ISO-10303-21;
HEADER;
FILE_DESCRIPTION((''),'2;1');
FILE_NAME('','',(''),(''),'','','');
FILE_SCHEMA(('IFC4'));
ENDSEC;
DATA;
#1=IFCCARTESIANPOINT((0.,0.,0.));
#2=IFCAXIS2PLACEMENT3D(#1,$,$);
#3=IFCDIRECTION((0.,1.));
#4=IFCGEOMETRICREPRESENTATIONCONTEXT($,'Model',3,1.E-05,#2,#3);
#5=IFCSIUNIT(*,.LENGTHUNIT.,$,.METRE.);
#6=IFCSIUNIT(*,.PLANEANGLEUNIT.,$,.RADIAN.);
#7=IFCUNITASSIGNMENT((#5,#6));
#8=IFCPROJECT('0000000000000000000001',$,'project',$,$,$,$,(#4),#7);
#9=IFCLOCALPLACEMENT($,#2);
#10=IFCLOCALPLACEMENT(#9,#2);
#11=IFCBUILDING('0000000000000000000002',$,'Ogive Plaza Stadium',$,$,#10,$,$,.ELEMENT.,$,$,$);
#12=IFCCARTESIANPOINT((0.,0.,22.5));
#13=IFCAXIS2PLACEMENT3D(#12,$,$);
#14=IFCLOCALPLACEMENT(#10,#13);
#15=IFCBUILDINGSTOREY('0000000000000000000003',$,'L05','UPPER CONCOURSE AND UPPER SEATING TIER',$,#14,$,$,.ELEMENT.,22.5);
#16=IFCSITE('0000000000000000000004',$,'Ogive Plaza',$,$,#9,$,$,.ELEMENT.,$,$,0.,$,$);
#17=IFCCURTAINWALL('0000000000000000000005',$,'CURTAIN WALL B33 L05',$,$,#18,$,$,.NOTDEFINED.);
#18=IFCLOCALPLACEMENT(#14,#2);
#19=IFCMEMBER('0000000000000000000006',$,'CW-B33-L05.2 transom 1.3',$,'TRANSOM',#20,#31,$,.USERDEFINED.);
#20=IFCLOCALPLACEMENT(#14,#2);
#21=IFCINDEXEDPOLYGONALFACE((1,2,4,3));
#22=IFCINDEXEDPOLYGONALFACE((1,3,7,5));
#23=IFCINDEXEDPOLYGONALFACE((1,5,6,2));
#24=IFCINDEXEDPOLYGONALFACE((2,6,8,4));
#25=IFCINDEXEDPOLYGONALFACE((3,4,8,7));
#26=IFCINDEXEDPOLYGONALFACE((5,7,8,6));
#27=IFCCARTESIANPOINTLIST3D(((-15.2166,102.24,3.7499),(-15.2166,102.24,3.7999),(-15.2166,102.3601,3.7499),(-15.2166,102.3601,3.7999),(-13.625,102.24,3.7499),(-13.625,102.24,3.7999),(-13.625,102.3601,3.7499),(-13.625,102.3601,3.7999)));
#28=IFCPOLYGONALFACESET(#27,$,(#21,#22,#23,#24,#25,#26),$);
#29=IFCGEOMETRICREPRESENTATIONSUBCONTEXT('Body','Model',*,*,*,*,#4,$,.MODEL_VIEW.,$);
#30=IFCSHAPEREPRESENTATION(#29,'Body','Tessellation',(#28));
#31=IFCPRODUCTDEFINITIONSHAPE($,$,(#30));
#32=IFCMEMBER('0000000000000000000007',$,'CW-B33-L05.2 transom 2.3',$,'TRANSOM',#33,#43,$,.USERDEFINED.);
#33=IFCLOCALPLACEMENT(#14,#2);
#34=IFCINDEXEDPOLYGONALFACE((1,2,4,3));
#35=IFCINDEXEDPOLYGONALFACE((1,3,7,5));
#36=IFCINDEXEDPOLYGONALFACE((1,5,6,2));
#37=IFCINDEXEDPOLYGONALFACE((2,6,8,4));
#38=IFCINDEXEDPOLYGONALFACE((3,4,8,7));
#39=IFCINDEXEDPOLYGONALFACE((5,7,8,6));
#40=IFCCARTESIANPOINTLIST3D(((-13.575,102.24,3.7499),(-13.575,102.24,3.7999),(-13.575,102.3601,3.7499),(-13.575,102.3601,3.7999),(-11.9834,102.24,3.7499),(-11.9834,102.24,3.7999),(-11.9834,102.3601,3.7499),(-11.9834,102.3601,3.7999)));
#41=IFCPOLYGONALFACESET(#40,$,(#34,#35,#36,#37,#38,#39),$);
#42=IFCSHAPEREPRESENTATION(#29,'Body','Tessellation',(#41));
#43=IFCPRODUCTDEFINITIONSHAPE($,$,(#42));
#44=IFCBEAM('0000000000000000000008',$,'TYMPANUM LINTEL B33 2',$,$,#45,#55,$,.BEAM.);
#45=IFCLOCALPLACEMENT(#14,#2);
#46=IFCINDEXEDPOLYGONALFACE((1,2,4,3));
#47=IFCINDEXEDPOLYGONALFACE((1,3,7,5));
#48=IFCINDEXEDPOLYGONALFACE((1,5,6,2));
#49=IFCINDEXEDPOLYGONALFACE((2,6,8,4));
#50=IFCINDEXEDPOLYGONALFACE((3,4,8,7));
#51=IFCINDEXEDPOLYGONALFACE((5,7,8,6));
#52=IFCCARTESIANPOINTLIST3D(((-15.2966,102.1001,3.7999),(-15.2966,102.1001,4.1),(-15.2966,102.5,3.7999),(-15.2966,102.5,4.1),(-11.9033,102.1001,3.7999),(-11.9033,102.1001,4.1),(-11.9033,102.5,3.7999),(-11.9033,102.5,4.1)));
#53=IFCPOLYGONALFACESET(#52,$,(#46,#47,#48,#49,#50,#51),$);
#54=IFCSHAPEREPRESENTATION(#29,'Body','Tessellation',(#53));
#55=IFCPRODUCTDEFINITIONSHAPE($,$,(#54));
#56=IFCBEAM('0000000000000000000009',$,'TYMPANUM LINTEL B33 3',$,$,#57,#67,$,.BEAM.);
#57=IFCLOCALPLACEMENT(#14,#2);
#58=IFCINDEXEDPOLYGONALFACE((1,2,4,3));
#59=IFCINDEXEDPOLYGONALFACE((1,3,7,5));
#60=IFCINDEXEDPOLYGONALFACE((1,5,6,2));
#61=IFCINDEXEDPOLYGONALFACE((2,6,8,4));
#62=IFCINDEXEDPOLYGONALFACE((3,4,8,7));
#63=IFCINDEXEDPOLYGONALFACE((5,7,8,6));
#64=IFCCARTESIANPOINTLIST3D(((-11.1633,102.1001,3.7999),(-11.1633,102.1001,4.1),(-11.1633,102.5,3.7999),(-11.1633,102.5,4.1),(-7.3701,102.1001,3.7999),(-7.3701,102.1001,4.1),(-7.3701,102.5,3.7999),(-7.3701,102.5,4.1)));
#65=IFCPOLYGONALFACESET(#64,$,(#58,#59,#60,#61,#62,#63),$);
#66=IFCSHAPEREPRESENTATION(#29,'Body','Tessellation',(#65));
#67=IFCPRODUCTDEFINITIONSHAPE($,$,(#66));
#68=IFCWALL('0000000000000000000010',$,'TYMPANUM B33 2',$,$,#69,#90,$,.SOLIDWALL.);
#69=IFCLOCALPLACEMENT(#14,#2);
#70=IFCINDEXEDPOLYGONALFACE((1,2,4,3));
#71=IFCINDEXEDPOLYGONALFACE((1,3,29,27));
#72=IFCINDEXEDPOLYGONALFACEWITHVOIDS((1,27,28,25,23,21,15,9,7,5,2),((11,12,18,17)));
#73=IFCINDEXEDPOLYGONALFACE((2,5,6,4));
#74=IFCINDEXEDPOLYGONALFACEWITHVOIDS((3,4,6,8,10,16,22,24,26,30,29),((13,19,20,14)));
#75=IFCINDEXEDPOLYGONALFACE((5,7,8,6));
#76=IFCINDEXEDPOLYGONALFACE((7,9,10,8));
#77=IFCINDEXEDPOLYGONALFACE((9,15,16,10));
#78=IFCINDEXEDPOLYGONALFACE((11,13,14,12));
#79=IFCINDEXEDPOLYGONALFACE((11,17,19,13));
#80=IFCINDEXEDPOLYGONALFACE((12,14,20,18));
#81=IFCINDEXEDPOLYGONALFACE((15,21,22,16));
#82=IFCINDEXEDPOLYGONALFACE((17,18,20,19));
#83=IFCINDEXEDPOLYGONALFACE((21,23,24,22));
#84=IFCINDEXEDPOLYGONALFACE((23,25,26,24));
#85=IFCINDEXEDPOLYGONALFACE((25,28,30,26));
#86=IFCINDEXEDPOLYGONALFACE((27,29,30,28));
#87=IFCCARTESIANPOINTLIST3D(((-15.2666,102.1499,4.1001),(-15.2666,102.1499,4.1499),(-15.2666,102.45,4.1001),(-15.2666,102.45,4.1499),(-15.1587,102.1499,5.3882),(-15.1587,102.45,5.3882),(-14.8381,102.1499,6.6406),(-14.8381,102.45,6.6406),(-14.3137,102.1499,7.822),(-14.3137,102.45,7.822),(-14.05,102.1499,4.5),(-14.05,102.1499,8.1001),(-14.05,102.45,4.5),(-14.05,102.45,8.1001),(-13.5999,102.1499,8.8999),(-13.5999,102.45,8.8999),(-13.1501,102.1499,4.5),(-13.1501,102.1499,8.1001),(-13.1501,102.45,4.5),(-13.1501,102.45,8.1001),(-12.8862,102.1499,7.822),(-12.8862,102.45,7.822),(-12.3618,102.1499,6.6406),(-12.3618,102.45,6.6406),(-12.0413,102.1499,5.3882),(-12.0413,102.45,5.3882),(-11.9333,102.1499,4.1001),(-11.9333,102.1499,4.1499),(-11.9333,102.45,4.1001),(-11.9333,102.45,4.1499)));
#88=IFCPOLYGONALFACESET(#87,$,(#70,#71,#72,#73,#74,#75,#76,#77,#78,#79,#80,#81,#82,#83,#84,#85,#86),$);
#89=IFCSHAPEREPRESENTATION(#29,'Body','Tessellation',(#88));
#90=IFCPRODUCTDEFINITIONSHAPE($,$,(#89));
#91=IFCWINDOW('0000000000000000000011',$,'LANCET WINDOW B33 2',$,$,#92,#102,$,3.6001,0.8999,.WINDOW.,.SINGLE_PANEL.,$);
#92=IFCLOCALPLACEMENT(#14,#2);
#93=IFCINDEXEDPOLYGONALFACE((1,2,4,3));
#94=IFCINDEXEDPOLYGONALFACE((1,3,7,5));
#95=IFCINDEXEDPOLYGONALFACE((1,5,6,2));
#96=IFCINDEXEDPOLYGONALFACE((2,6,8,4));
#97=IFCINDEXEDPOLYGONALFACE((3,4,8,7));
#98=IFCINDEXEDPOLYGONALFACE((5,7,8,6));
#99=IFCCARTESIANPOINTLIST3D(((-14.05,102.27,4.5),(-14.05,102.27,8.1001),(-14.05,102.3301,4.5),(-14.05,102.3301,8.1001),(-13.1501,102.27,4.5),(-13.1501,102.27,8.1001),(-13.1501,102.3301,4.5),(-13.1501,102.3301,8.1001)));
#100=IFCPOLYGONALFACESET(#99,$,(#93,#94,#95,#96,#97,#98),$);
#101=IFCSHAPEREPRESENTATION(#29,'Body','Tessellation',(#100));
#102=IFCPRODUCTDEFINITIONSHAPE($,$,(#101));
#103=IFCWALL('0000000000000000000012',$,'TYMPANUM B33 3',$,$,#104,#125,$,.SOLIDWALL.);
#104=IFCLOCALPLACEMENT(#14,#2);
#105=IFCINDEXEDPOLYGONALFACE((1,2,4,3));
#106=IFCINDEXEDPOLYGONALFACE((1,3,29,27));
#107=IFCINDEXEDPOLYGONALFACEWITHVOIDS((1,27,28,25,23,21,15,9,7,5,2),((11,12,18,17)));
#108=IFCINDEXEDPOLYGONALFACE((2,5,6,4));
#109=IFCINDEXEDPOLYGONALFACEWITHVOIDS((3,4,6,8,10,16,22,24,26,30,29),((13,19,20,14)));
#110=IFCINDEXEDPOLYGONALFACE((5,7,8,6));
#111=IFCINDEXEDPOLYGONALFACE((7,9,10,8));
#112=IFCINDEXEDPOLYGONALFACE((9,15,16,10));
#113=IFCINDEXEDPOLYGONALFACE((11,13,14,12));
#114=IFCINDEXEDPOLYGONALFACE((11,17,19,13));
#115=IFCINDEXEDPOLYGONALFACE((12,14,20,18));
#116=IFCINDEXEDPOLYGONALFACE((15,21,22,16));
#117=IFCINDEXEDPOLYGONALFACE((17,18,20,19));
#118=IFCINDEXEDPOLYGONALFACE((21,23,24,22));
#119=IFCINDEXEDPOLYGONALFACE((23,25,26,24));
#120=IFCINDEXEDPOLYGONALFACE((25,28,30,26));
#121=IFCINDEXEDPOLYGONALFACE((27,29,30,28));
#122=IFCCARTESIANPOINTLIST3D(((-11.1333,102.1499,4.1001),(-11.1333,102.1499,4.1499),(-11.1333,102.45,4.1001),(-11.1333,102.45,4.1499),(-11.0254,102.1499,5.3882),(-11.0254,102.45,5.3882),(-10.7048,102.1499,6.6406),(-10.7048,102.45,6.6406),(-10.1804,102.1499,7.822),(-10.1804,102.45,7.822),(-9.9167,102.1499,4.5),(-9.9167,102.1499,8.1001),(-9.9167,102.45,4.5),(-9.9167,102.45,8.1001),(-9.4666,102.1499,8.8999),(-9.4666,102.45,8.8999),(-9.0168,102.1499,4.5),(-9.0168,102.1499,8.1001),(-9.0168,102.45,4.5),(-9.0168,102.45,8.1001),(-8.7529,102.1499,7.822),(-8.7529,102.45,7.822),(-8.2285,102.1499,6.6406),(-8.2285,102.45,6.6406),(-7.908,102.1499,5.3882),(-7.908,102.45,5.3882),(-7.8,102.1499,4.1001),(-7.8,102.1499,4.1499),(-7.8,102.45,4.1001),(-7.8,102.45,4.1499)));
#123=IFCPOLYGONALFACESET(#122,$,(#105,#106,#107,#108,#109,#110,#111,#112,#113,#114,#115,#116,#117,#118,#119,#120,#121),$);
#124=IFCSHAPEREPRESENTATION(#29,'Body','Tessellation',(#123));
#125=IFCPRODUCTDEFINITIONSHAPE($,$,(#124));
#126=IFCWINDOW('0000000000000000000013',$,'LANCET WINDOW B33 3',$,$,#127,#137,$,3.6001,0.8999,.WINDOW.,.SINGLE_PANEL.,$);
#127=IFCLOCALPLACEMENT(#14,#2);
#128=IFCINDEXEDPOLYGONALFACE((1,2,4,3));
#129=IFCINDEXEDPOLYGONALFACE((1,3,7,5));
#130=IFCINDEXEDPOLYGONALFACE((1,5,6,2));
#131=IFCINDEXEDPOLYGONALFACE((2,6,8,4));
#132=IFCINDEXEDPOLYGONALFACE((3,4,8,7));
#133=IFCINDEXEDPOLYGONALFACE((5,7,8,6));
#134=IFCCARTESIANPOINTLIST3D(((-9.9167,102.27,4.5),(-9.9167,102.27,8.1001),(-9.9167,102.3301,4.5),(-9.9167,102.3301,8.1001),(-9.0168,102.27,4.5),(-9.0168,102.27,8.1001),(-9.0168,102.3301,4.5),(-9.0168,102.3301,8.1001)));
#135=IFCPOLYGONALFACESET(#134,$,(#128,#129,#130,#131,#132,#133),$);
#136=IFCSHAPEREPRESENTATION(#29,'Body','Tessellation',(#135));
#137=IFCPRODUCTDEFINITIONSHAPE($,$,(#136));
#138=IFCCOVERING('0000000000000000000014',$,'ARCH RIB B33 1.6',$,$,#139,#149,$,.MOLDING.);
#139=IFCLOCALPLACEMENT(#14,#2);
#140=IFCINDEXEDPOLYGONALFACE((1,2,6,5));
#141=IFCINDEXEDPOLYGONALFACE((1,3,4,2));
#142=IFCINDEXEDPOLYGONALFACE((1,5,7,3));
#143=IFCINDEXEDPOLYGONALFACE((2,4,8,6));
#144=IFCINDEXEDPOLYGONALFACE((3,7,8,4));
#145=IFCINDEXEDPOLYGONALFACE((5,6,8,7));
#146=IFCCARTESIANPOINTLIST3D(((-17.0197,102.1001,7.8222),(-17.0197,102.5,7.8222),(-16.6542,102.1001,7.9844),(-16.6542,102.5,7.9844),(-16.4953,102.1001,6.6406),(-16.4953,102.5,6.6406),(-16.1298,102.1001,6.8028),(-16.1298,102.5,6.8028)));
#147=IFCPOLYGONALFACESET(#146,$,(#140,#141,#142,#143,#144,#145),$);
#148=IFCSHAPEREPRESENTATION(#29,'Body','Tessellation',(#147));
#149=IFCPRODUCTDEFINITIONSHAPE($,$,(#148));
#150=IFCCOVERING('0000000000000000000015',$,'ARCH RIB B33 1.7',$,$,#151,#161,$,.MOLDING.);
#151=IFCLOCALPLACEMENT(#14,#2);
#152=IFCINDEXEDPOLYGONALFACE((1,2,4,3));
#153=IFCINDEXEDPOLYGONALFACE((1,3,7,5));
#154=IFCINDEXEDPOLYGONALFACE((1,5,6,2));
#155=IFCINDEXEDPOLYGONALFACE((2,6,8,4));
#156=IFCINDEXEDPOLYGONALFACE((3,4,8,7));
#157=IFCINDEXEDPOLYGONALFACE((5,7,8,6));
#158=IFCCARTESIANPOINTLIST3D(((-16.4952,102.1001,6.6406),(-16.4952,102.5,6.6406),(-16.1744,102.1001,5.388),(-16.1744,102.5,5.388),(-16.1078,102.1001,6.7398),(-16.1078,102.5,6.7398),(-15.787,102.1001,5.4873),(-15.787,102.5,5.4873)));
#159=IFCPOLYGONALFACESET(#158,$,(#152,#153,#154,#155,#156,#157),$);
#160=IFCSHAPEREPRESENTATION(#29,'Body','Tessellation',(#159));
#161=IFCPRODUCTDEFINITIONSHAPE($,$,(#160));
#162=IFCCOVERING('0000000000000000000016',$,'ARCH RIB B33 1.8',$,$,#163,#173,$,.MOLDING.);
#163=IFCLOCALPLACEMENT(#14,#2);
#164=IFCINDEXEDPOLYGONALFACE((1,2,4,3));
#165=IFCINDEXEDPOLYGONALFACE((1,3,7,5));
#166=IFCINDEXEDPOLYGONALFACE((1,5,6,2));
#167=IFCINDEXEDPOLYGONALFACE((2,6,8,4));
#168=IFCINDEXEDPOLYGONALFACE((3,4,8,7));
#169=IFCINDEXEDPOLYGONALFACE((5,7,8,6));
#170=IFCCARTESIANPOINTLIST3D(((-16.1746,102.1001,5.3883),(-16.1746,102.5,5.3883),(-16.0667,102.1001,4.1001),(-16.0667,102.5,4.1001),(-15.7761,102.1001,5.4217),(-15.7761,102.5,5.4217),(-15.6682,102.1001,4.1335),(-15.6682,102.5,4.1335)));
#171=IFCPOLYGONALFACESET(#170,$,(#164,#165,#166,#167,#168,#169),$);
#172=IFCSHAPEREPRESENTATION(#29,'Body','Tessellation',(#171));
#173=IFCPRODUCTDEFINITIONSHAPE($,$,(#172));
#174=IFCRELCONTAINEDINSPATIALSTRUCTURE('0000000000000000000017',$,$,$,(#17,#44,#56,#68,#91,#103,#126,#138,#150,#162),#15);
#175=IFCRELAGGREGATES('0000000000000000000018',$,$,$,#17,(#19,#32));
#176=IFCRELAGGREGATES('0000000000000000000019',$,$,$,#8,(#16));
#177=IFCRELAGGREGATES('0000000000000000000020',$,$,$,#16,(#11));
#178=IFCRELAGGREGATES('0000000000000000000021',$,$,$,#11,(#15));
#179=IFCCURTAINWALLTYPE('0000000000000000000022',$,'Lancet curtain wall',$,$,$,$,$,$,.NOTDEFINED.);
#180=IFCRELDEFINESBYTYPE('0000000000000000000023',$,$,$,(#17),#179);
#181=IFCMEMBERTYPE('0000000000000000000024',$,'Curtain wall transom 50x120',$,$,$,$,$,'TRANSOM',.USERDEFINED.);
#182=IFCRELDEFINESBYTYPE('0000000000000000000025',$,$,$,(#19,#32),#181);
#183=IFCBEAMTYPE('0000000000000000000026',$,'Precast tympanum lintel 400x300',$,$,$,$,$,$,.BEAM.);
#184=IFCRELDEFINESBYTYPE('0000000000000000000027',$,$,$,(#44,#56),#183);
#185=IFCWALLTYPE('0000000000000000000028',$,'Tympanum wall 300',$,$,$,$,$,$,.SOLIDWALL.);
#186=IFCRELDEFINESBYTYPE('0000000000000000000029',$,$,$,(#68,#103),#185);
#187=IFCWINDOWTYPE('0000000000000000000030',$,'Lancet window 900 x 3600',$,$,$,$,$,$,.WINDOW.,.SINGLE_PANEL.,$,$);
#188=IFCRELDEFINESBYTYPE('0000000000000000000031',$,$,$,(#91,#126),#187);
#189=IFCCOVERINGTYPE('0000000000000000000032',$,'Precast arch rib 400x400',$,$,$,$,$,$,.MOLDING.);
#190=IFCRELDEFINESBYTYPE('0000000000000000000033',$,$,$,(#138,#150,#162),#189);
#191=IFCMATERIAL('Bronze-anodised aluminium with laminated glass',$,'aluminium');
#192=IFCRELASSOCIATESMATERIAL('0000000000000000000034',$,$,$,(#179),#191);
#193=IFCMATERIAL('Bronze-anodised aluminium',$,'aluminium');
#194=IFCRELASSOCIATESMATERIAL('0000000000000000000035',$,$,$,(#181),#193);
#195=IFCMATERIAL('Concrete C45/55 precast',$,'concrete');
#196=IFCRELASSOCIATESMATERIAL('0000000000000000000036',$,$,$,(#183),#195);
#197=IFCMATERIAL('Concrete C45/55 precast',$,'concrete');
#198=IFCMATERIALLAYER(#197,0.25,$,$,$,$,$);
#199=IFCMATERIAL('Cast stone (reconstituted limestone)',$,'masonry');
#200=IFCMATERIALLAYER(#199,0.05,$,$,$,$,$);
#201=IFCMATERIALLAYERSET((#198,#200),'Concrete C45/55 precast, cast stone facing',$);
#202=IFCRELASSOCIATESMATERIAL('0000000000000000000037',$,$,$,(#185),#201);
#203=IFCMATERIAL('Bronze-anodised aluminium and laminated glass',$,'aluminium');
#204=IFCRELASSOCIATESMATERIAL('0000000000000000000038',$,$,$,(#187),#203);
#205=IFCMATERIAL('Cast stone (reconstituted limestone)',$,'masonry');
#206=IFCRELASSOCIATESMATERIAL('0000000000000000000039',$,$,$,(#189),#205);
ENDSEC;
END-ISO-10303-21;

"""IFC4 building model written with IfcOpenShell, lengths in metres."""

from ifc_helpers import new_model, si_unit, direction, frame, frame_2d, origin, origin_2d, place, context, subcontext, project, spatial, polyline, rectangle, outline, extrude, material, layer, layer_set, material_profile, profile_set, type_object, element, fill, aggregate, save


model = new_model("IFC4")

# Units and contexts
model_context = context("Model", 3, precision=1e-05, world=origin(), true_north=direction((0.0, 1.0)))
body_context = subcontext(model_context, "Body", "Model", "MODEL_VIEW")
ifc_project = project(units=[si_unit("LENGTHUNIT", "METRE"), si_unit("PLANEANGLEUNIT", "RADIAN")], contexts=[model_context])

# Site, building, storey
site_placement = place(None, origin())
site = spatial("IfcSite", under=ifc_project, at=site_placement, Name="Ogive Plaza", CompositionType="ELEMENT", RefElevation=0.0)
building_placement = place(site_placement, origin())
building = spatial("IfcBuilding", under=site, at=building_placement, Name="Ogive Plaza Stadium", CompositionType="ELEMENT")
storey_placement = place(building_placement, frame((0.0, 0.0, 22.5)))
storey = spatial("IfcBuildingStorey", under=building, at=storey_placement, Name="L05", Description="UPPER CONCOURSE AND UPPER SEATING TIER", CompositionType="ELEMENT", Elevation=22.5)

# Curtain wall, members
ifc_material_1 = material(Name="Bronze-anodised aluminium with laminated glass", Category="aluminium")
curtain_wall_type = type_object("IfcCurtainWallType", Name="Lancet curtain wall", PredefinedType="NOTDEFINED", material=ifc_material_1)
curtain_wall_placement = place(storey_placement, origin())
curtain_wall = element("IfcCurtainWall", 1, at=curtain_wall_placement, inside=storey, type_object=curtain_wall_type, Name="CURTAIN WALL B33 L05", PredefinedType="NOTDEFINED")
ifc_material_2 = material(Name="Bronze-anodised aluminium", Category="aluminium")
ifc_material_profile_1 = material_profile(ifc_material_2, rectangle(XDim=0.1201, YDim=0.05, at=origin_2d()), Name="AL 120x50")
ifc_profile_set_1 = profile_set([ifc_material_profile_1], Name="Bronze-anodised aluminium")
member_type = type_object("IfcMemberType", Name="Curtain wall transom 50x120", ElementType="TRANSOM", PredefinedType="USERDEFINED", material=ifc_profile_set_1)
member_1_placement = place(storey_placement, frame((-15.2166, 102.3, 3.7749), z_axis=(1.0, 0.0, 0.0), x_axis=(0.0, 1.0, 0.0)))
member_1 = element("IfcMember", 2, at=member_1_placement, type_object=member_type, Name="CW-B33-L05.2 transom 1.3", ObjectType="TRANSOM", PredefinedType="USERDEFINED", context=body_context, shape_type="SweptSolid", body=[
    extrude(rectangle(XDim=0.1201, YDim=0.05, at=origin_2d()), origin(), (0.0, 0.0, 1.0), 1.5916),
])
member_2_placement = place(storey_placement, frame((-13.575, 102.3, 3.7749), z_axis=(1.0, 0.0, 0.0), x_axis=(0.0, 1.0, 0.0)))
member_2 = element("IfcMember", 3, at=member_2_placement, type_object=member_type, Name="CW-B33-L05.2 transom 2.3", ObjectType="TRANSOM", PredefinedType="USERDEFINED", context=body_context, shape_type="SweptSolid", body=[
    extrude(rectangle(XDim=0.1201, YDim=0.05, at=origin_2d()), origin(), (0.0, 0.0, 1.0), 1.5916),
])
aggregate(curtain_wall, [member_1, member_2])

# Beams
ifc_material_3 = material(Name="Concrete C45/55 precast", Category="concrete")
ifc_material_profile_2 = material_profile(ifc_material_3, rectangle(XDim=0.3999, YDim=0.3, at=origin_2d()), Name="RC 400x300")
ifc_profile_set_2 = profile_set([ifc_material_profile_2], Name="Concrete C45/55 precast")
beam_type = type_object("IfcBeamType", Name="Precast tympanum lintel 400x300", PredefinedType="BEAM", material=ifc_profile_set_2)
beam_1_placement = place(storey_placement, frame((-15.2966, 102.3, 3.95), z_axis=(1.0, 0.0, 0.0), x_axis=(0.0, 1.0, 0.0)))
element("IfcBeam", 4, at=beam_1_placement, inside=storey, type_object=beam_type, Name="TYMPANUM LINTEL B33 2", PredefinedType="BEAM", context=body_context, shape_type="SweptSolid", body=[
    extrude(rectangle(XDim=0.3999, YDim=0.3, at=origin_2d()), origin(), (0.0, 0.0, 1.0), 3.3933),
])
beam_2_placement = place(storey_placement, frame((-11.1633, 102.3, 3.95), z_axis=(1.0, 0.0, 0.0), x_axis=(0.0, 1.0, 0.0)))
element("IfcBeam", 5, at=beam_2_placement, inside=storey, type_object=beam_type, Name="TYMPANUM LINTEL B33 3", PredefinedType="BEAM", context=body_context, shape_type="SweptSolid", body=[
    extrude(rectangle(XDim=0.3999, YDim=0.3, at=origin_2d()), origin(), (0.0, 0.0, 1.0), 3.7932),
])

# Walls, openings, windows
ifc_material_4 = material(Name="Concrete C45/55 precast", Category="concrete")
ifc_layer_1 = layer(ifc_material_4, 0.25)
ifc_material_5 = material(Name="Cast stone (reconstituted limestone)", Category="masonry")
ifc_layer_2 = layer(ifc_material_5, 0.05)
ifc_layer_set = layer_set([ifc_layer_1, ifc_layer_2], Name="Concrete C45/55 precast, cast stone facing")
wall_type = type_object("IfcWallType", Name="Tympanum wall 300", PredefinedType="SOLIDWALL", material=ifc_layer_set)
wall_1_placement = place(storey_placement, frame((-15.2666, 102.3, 4.1001), z_axis=(0.0, 0.0, 1.0), x_axis=(1.0, 0.0, 0.0)))
wall_1 = element("IfcWall", 6, at=wall_1_placement, inside=storey, type_object=wall_type, Name="TYMPANUM B33 2", PredefinedType="SOLIDWALL", context=body_context, shape_type="SweptSolid", body=[
    extrude(outline(polyline([(0.0, 0.0), (3.3333, 0.0), (3.3333, 0.0498), (3.2253, 1.2881), (2.9048, 2.5405), (2.3804, 3.7219), (1.6667, 4.7998), (0.9529, 3.7219), (0.4285, 2.5405), (0.1079, 1.2881), (0.0, 0.0498), (0.0, 0.0)])), frame((0.0, 0.1499, 0.0), z_axis=(0.0, -1.0, 0.0), x_axis=(1.0, 0.0, 0.0)), (0.0, 0.0, 1.0), 0.3),
])
opening_1_placement = place(wall_1_placement, frame((1.2166, 0.0, 0.3999)))
opening_1 = element("IfcOpeningElement", 7, at=opening_1_placement, cuts=wall_1, PredefinedType="OPENING", context=body_context, shape_type="SweptSolid", body=[
    extrude(rectangle(XDim=0.8999, YDim=3.6001, at=frame_2d((0.45, 1.8))), frame((0.0, 0.1602, 0.0), z_axis=(0.0, -1.0, 0.0), x_axis=(1.0, 0.0, 0.0)), (0.0, 0.0, 1.0), 0.3201),
])
ifc_material_6 = material(Name="Bronze-anodised aluminium and laminated glass", Category="aluminium")
window_type = type_object("IfcWindowType", Name="Lancet window 900 x 3600", PartitioningType="SINGLE_PANEL", PredefinedType="WINDOW", material=ifc_material_6)
window_1_placement = place(opening_1_placement, origin())
window_1 = element("IfcWindow", 8, at=window_1_placement, inside=storey, type_object=window_type, Name="LANCET WINDOW B33 2", OverallHeight=3.6001, OverallWidth=0.8999, PartitioningType="SINGLE_PANEL", PredefinedType="WINDOW", context=body_context, shape_type="SweptSolid", body=[
    extrude(rectangle(XDim=0.8999, YDim=3.6001, at=frame_2d((0.45, 1.8))), frame((0.0, 0.03, 0.0), z_axis=(0.0, -1.0, 0.0), x_axis=(1.0, 0.0, 0.0)), (0.0, 0.0, 1.0), 0.0601),
])
fill(opening_1, window_1)
wall_2_placement = place(storey_placement, frame((-11.1333, 102.3, 4.1001), z_axis=(0.0, 0.0, 1.0), x_axis=(1.0, 0.0, 0.0)))
wall_2 = element("IfcWall", 9, at=wall_2_placement, inside=storey, type_object=wall_type, Name="TYMPANUM B33 3", PredefinedType="SOLIDWALL", context=body_context, shape_type="SweptSolid", body=[
    extrude(outline(polyline([(0.0, 0.0), (3.3333, 0.0), (3.3333, 0.0498), (3.2253, 1.2881), (2.9048, 2.5405), (2.3804, 3.7219), (1.6667, 4.7998), (0.9529, 3.7219), (0.4285, 2.5405), (0.1079, 1.2881), (0.0, 0.0498), (0.0, 0.0)])), frame((0.0, 0.1499, 0.0), z_axis=(0.0, -1.0, 0.0), x_axis=(1.0, 0.0, 0.0)), (0.0, 0.0, 1.0), 0.3),
])
opening_2_placement = place(wall_2_placement, frame((1.2166, 0.0, 0.3999)))
opening_2 = element("IfcOpeningElement", 10, at=opening_2_placement, cuts=wall_2, PredefinedType="OPENING", context=body_context, shape_type="SweptSolid", body=[
    extrude(rectangle(XDim=0.8999, YDim=3.6001, at=frame_2d((0.45, 1.8))), frame((0.0, 0.1602, 0.0), z_axis=(0.0, -1.0, 0.0), x_axis=(1.0, 0.0, 0.0)), (0.0, 0.0, 1.0), 0.3201),
])
window_2_placement = place(opening_2_placement, origin())
window_2 = element("IfcWindow", 11, at=window_2_placement, inside=storey, type_object=window_type, Name="LANCET WINDOW B33 3", OverallHeight=3.6001, OverallWidth=0.8999, PartitioningType="SINGLE_PANEL", PredefinedType="WINDOW", context=body_context, shape_type="SweptSolid", body=[
    extrude(rectangle(XDim=0.8999, YDim=3.6001, at=frame_2d((0.45, 1.8))), frame((0.0, 0.03, 0.0), z_axis=(0.0, -1.0, 0.0), x_axis=(1.0, 0.0, 0.0)), (0.0, 0.0, 1.0), 0.0601),
])
fill(opening_2, window_2)

# Coverings
ifc_material_7 = material(Name="Cast stone (reconstituted limestone)", Category="masonry")
ifc_material_profile_3 = material_profile(ifc_material_7, rectangle(XDim=0.3999, YDim=0.3999, at=origin_2d()), Name="Cast stone 400x400")
ifc_profile_set_3 = profile_set([ifc_material_profile_3], Name="Cast stone (reconstituted limestone)")
covering_type = type_object("IfcCoveringType", Name="Precast arch rib 400x400", PredefinedType="MOLDING", material=ifc_profile_set_3)
covering_1_placement = place(storey_placement, frame((-16.8369, 102.3, 7.9033), z_axis=(0.405648, 0.0, -0.914029), x_axis=(0.0, 1.0, 0.0)))
element("IfcCovering", 12, at=covering_1_placement, inside=storey, type_object=covering_type, Name="ARCH RIB B33 1.6", PredefinedType="MOLDING", context=body_context, shape_type="SweptSolid", body=[
    extrude(rectangle(XDim=0.3999, YDim=0.3999, at=origin_2d()), origin(), (0.0, 0.0, 1.0), 1.2927),
])
covering_2_placement = place(storey_placement, frame((-16.3015, 102.3, 6.6902), z_axis=(0.24813, 0.0, -0.968727), x_axis=(0.0, 1.0, 0.0)))
element("IfcCovering", 13, at=covering_2_placement, inside=storey, type_object=covering_type, Name="ARCH RIB B33 1.7", PredefinedType="MOLDING", context=body_context, shape_type="SweptSolid", body=[
    extrude(rectangle(XDim=0.3999, YDim=0.3999, at=origin_2d()), origin(), (0.0, 0.0, 1.0), 1.293),
])
for number, where, z_axis, x_axis, name in (
    (14, (-15.9753, 102.3, 5.405), (0.083467, 0.0, -0.996511), (0.0, 1.0, 0.0), "ARCH RIB B33 1.8"),
):
    element("IfcCovering", number, at=place(storey_placement, frame(where, z_axis=z_axis, x_axis=x_axis)), inside=storey, type_object=covering_type, Name=name, PredefinedType="MOLDING", context=body_context, shape_type="SweptSolid", body=[
        extrude(rectangle(XDim=0.3999, YDim=0.3999, at=origin_2d()), origin(), (0.0, 0.0, 1.0), 1.2927),
    ])

save(model, "model.ifc")
